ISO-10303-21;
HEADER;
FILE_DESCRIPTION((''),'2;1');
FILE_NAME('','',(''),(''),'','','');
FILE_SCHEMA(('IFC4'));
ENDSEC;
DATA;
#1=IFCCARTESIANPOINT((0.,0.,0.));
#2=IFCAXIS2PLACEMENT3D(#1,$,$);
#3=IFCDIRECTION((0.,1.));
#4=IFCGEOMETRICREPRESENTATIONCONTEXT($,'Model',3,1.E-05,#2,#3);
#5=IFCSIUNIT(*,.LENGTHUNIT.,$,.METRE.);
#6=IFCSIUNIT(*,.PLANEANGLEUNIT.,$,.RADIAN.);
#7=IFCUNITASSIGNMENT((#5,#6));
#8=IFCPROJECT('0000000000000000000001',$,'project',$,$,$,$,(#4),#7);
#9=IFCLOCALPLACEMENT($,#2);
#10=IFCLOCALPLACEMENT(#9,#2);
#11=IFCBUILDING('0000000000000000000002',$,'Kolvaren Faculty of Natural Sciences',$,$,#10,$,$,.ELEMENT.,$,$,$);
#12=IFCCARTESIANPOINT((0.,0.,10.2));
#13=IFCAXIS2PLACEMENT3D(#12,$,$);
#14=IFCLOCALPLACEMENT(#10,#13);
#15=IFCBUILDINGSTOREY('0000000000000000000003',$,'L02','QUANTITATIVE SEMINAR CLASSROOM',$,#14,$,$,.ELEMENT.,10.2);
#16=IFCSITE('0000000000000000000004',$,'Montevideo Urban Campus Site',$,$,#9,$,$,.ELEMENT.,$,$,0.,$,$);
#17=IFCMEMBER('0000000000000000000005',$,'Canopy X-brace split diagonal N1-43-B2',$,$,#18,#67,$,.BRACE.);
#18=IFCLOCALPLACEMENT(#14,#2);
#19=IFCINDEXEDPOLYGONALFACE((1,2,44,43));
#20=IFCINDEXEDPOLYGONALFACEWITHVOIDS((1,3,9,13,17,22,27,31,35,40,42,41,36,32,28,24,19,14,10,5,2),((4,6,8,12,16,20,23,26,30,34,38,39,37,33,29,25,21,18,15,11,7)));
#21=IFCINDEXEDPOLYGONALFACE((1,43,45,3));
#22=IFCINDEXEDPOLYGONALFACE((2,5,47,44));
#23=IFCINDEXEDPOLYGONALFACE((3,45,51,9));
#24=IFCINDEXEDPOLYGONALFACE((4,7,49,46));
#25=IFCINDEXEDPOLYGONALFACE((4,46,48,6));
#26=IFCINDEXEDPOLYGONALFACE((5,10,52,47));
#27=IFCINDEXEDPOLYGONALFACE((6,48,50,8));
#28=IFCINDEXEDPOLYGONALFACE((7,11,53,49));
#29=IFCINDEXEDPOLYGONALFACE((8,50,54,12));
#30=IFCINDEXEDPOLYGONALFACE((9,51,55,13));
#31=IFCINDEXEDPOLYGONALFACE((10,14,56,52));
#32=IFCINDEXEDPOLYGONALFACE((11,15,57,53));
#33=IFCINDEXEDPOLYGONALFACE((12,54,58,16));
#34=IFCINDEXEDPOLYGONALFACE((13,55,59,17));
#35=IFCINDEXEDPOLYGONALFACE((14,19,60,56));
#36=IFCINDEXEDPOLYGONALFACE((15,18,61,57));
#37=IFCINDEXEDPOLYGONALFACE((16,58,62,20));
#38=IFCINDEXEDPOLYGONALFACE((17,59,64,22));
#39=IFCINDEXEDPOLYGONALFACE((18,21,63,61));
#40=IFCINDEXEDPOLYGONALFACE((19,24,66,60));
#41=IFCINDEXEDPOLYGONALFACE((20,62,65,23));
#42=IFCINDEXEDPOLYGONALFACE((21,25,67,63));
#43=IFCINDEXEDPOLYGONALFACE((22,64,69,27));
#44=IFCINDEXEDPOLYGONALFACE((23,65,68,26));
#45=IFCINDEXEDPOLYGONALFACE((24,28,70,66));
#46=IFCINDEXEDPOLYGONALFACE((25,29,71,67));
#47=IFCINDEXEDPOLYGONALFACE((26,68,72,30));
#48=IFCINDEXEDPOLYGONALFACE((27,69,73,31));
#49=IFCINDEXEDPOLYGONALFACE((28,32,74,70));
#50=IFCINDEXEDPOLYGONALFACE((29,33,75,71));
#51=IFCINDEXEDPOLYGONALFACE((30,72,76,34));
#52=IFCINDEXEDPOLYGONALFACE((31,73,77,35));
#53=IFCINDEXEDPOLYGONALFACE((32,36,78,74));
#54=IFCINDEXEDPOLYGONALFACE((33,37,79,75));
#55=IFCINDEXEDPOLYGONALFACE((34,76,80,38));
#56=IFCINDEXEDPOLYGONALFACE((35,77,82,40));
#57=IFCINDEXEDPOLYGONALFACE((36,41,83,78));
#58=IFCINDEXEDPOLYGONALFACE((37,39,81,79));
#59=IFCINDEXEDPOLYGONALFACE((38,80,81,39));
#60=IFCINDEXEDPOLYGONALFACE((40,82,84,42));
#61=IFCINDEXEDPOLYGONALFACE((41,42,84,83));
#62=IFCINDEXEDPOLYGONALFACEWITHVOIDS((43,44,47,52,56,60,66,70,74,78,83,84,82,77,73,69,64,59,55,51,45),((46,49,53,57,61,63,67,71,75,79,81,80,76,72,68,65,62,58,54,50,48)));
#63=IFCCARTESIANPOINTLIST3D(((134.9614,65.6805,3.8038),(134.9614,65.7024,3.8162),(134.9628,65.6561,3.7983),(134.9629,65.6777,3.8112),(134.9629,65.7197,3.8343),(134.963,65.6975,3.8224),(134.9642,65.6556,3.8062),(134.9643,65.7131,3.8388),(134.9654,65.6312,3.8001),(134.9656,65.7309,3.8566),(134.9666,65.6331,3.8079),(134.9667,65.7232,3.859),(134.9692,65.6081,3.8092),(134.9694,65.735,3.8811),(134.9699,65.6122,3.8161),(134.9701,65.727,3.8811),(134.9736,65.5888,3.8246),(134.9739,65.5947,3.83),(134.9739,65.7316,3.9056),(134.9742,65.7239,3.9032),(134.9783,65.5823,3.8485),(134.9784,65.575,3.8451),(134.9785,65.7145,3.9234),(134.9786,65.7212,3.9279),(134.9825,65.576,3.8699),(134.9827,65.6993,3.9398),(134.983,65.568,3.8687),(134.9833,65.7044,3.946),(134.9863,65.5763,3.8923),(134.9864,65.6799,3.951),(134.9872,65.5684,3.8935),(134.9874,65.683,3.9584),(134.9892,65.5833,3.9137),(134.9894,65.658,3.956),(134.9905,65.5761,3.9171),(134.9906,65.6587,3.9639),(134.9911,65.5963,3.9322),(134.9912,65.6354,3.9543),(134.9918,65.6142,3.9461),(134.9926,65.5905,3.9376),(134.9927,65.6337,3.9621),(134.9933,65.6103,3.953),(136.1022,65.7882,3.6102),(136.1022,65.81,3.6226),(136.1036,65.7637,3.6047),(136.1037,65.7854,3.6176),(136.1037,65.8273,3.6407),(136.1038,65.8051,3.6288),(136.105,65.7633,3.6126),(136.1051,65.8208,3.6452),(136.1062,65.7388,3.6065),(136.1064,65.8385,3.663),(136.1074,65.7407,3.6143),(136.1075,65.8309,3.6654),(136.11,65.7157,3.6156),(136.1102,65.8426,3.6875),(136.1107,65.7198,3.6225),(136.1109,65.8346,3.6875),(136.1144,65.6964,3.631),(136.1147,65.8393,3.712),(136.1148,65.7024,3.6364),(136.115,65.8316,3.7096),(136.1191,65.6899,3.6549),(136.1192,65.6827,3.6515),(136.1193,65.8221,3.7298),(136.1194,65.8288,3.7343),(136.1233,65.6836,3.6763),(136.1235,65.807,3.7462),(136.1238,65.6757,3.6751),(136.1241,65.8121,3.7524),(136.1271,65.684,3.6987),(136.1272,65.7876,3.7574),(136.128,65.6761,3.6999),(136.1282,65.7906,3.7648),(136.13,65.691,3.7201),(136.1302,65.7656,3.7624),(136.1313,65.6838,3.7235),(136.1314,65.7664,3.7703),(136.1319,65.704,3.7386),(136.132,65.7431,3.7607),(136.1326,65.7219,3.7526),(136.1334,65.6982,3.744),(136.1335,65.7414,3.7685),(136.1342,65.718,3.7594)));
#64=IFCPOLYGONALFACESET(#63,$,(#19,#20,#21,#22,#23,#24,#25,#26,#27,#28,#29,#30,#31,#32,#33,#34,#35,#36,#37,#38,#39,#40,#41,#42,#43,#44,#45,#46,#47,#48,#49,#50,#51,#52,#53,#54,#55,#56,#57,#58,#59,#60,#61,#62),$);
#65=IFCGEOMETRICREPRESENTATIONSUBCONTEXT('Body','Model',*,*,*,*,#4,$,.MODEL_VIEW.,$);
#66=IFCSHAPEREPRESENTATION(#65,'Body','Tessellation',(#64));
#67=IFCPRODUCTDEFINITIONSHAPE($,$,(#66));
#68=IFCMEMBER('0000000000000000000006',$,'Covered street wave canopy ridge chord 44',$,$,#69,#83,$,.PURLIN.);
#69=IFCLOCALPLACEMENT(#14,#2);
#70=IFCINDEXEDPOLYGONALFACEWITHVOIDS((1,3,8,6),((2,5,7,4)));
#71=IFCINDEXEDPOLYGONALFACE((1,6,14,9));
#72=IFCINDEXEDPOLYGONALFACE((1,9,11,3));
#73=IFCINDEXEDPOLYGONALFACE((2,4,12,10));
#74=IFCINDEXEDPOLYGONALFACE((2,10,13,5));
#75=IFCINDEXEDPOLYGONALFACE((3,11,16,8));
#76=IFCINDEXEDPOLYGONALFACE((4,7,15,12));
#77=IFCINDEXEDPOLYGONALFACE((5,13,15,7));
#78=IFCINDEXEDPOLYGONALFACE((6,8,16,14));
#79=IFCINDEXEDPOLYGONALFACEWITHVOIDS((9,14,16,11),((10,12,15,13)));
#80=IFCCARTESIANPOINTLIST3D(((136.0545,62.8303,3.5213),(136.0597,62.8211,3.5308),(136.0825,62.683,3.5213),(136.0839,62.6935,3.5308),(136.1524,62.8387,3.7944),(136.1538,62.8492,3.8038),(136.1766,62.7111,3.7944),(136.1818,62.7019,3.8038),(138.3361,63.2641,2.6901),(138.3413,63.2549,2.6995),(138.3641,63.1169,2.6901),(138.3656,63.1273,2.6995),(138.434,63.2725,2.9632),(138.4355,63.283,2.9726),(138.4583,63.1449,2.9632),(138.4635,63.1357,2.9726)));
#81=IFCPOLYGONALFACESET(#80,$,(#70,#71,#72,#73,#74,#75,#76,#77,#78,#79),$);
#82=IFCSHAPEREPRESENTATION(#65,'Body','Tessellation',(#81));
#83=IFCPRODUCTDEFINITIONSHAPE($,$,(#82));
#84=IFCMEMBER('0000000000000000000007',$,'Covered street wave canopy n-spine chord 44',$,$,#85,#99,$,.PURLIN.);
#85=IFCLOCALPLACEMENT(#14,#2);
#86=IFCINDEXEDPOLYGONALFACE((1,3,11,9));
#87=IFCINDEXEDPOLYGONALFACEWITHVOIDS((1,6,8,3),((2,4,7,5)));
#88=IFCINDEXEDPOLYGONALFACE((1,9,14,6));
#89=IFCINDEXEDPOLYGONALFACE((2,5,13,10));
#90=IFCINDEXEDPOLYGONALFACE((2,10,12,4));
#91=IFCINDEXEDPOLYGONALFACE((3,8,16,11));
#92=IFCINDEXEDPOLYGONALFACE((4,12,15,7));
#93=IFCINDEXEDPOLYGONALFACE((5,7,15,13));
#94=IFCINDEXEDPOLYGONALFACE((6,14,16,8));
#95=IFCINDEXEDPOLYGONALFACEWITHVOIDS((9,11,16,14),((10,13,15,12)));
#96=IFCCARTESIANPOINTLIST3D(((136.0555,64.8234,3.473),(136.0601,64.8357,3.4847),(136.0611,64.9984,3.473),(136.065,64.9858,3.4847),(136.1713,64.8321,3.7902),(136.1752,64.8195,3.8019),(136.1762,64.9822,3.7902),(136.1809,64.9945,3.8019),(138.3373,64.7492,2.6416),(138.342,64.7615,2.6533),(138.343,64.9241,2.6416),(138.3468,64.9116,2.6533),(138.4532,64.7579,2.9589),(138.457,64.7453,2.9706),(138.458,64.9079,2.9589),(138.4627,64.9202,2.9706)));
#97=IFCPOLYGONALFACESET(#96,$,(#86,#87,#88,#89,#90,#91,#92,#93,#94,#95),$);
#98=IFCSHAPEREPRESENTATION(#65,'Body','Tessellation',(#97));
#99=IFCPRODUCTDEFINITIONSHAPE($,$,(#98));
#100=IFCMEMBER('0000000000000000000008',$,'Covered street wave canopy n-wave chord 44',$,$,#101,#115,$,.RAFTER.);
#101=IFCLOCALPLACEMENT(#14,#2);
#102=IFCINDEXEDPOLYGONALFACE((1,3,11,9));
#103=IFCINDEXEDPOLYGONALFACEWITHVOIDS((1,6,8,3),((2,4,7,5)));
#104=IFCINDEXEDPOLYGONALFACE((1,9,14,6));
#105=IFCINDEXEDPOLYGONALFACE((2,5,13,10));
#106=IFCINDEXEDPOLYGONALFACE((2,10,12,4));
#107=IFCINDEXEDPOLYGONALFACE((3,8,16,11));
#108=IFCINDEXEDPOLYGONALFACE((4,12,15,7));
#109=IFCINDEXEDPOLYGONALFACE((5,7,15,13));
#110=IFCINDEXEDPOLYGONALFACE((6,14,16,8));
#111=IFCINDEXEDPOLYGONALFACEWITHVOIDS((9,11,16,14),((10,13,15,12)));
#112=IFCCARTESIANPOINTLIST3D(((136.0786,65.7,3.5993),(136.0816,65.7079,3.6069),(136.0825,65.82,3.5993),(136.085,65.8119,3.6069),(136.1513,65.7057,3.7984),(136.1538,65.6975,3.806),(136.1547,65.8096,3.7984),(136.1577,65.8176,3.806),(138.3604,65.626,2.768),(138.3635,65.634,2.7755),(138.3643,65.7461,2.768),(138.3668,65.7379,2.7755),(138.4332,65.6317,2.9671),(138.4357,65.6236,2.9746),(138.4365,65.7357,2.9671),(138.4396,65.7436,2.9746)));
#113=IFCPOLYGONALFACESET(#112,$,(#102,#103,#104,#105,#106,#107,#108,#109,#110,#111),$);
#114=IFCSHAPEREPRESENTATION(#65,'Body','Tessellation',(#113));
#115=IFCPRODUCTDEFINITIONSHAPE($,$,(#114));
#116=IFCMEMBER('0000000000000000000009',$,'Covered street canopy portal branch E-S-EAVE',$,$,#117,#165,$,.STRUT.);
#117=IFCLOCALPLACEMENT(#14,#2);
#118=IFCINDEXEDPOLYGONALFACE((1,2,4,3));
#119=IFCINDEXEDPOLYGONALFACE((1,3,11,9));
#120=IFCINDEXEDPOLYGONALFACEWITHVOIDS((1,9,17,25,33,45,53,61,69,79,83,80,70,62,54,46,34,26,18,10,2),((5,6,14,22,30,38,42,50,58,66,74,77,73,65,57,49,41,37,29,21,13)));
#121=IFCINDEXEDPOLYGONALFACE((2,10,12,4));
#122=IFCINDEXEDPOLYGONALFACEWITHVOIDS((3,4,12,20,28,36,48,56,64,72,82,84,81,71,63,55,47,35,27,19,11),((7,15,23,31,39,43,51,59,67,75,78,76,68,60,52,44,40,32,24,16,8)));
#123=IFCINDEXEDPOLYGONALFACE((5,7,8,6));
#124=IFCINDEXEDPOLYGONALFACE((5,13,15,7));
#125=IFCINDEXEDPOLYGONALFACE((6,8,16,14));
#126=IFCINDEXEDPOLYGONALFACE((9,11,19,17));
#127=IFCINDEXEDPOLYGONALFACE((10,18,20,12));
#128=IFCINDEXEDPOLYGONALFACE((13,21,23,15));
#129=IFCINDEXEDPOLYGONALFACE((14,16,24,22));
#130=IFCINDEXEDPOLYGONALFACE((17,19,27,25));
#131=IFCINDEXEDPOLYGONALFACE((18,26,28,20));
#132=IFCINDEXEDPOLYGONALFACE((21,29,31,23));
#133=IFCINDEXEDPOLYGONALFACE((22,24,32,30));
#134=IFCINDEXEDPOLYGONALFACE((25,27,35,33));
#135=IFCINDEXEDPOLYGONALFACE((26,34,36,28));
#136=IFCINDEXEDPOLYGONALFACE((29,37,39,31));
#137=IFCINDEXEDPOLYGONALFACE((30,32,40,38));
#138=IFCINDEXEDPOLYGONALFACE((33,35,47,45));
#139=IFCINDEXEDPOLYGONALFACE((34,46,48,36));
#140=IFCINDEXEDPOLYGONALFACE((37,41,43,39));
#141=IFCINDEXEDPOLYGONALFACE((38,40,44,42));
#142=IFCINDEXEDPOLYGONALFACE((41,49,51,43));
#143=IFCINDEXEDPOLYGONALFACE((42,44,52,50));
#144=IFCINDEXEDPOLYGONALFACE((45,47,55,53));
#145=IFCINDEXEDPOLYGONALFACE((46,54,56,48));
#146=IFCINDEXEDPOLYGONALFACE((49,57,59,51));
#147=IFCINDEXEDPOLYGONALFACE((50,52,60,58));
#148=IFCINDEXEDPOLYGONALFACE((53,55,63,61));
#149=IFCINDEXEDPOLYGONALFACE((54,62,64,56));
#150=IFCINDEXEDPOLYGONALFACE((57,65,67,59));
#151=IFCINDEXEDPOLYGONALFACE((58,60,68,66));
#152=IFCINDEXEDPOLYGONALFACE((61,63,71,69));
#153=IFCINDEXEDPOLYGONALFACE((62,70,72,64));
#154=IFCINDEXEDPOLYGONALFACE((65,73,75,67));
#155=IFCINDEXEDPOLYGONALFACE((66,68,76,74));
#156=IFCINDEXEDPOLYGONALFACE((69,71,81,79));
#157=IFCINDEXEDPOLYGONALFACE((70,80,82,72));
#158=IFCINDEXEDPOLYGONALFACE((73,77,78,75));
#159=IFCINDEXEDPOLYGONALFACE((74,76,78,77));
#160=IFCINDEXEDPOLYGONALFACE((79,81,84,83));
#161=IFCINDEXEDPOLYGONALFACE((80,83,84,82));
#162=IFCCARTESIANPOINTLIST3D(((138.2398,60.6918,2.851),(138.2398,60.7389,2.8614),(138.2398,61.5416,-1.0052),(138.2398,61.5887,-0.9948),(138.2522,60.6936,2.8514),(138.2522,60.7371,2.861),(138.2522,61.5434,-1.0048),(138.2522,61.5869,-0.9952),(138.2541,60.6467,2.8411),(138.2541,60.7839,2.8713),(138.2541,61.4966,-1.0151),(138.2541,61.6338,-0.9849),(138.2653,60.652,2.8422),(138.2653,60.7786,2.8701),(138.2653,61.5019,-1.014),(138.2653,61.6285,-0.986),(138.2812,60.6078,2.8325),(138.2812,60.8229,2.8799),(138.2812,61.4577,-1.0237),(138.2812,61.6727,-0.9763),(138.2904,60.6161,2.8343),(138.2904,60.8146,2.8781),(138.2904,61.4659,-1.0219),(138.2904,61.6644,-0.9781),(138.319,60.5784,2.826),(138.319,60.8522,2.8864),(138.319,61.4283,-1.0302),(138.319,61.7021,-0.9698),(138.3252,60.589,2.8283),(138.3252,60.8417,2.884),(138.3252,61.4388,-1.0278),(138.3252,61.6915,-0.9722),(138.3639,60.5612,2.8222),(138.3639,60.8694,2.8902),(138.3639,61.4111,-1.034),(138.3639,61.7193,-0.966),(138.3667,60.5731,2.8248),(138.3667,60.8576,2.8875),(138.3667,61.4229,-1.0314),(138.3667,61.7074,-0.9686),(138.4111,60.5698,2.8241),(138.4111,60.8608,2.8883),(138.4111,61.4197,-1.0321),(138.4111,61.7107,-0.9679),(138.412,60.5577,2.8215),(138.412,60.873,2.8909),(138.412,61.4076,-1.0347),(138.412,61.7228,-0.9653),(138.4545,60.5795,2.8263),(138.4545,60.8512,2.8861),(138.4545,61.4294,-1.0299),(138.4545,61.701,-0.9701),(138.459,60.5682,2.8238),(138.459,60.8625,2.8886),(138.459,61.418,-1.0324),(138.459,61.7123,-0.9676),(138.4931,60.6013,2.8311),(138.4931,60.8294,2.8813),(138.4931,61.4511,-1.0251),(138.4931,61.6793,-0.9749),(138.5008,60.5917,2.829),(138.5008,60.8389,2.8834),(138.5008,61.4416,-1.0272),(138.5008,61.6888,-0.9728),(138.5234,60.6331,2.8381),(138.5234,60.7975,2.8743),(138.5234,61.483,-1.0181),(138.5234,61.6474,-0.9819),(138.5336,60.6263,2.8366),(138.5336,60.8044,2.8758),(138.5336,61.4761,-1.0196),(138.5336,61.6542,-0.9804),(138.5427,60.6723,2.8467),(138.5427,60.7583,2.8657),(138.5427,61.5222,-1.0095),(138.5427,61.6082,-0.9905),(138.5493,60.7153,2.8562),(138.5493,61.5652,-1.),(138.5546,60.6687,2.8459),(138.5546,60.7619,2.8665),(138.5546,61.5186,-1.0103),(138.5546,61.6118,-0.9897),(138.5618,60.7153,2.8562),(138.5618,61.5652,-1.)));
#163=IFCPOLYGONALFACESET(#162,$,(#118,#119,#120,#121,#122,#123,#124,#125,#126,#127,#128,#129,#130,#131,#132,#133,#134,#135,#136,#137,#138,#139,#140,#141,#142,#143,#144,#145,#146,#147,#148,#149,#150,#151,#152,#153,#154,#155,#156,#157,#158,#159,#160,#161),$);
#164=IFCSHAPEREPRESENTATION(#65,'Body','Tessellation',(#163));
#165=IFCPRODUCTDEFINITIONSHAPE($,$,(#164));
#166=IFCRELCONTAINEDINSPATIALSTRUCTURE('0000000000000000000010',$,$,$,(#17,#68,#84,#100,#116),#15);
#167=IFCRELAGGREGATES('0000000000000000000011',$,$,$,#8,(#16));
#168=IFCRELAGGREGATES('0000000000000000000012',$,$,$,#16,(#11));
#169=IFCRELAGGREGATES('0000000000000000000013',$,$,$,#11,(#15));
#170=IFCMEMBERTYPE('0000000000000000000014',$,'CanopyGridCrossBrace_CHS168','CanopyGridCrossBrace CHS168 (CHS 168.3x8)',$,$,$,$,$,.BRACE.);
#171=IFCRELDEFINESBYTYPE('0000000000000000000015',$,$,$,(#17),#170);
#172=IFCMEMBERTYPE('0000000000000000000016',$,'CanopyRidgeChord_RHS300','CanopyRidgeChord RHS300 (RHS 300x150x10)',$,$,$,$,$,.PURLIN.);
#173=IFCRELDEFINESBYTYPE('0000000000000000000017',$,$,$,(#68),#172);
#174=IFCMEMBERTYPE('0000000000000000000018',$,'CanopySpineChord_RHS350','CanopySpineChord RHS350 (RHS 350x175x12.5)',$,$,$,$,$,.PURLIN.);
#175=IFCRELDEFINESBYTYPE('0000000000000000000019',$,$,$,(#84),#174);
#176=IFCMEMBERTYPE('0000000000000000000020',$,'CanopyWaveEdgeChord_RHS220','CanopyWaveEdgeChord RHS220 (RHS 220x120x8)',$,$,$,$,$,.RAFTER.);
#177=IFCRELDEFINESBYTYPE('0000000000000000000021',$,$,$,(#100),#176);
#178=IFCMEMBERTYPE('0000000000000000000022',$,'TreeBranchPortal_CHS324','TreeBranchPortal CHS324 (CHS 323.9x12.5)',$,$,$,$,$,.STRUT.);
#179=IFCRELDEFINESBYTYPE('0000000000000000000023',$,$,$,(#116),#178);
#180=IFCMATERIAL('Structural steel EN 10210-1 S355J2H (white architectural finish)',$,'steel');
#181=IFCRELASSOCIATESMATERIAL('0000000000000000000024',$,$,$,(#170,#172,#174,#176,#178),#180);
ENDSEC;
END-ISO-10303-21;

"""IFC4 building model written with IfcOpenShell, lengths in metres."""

from ifc_helpers import new_model, si_unit, direction, frame, origin, origin_2d, place, context, subcontext, project, spatial, hollow_rectangle, hollow_circle, extrude, material, material_profile, profile_set, type_object, element, save


model = new_model("IFC4")

# Units and contexts
model_context = context("Model", 3, precision=1e-05, world=origin(), true_north=direction((0.0, 1.0)))
body_context = subcontext(model_context, "Body", "Model", "MODEL_VIEW")
ifc_project = project(units=[si_unit("LENGTHUNIT", "METRE"), si_unit("PLANEANGLEUNIT", "RADIAN")], contexts=[model_context])

# Site, building, storey
site_placement = place(None, origin())
site = spatial("IfcSite", under=ifc_project, at=site_placement, Name="Montevideo Urban Campus Site", CompositionType="ELEMENT", RefElevation=0.0)
building_placement = place(site_placement, origin())
building = spatial("IfcBuilding", under=site, at=building_placement, Name="Kolvaren Faculty of Natural Sciences", CompositionType="ELEMENT")
storey_placement = place(building_placement, frame((0.0, 0.0, 10.2)))
storey = spatial("IfcBuildingStorey", under=building, at=storey_placement, Name="L02", Description="QUANTITATIVE SEMINAR CLASSROOM", CompositionType="ELEMENT", Elevation=10.2)

# Shared definitions
ifc_material_1 = material(Name="Structural steel EN 10210-1 S355J2H (white architectural finish)", Category="steel")

# Members
ifc_material_profile_1 = material_profile(ifc_material_1, hollow_circle(Radius=0.0842, WallThickness=0.0081, at=origin_2d()), Name="CHS 168.3x8")
ifc_profile_set_1 = profile_set([ifc_material_profile_1], Name="Structural steel EN 10210-1 S355J2H (white architectural finish)")
member_type_1 = type_object("IfcMemberType", Name="CanopyGridCrossBrace_CHS168", Description="CanopyGridCrossBrace CHS168 (CHS 168.3x8)", PredefinedType="BRACE", material=ifc_profile_set_1)
member_1_placement = place(storey_placement, frame((134.9773, 65.6511, 3.8811), z_axis=(0.981665, 0.092642, -0.166587), x_axis=(-0.093954, 0.995576, 0.0)))
element("IfcMember", 1, at=member_1_placement, inside=storey, type_object=member_type_1, Name="Canopy X-brace split diagonal N1-43-B2", PredefinedType="BRACE", context=body_context, shape_type="SweptSolid", body=[
    extrude(hollow_circle(Radius=0.0842, WallThickness=0.0081, at=origin_2d()), origin(), (0.0, 0.0, 1.0), 1.1621),
])
ifc_material_profile_2 = material_profile(ifc_material_1, hollow_rectangle(XDim=0.1499, YDim=0.3, WallThickness=0.01, at=origin_2d()), Name="RHS 300x150x10")
ifc_profile_set_2 = profile_set([ifc_material_profile_2], Name="Structural steel EN 10210-1 S355J2H (white architectural finish)")
member_type_2 = type_object("IfcMemberType", Name="CanopyRidgeChord_RHS300", Description="CanopyRidgeChord RHS300 (RHS 300x150x10)", PredefinedType="PURLIN", material=ifc_profile_set_2)
member_2_placement = place(storey_placement, frame((136.1182, 62.7661, 3.6626), z_axis=(0.924941, 0.175863, -0.336981), x_axis=(-0.186788, 0.9824, 0.0)))
element("IfcMember", 2, at=member_2_placement, inside=storey, type_object=member_type_2, Name="Covered street wave canopy ridge chord 44", PredefinedType="PURLIN", context=body_context, shape_type="SweptSolid", body=[
    extrude(hollow_rectangle(XDim=0.1499, YDim=0.3, WallThickness=0.01, at=origin_2d()), origin(), (0.0, 0.0, 1.0), 2.4668),
])
ifc_material_profile_3 = material_profile(ifc_material_1, hollow_rectangle(XDim=0.175, YDim=0.3501, WallThickness=0.0125, at=origin_2d()), Name="RHS 350x175x12.5")
ifc_profile_set_3 = profile_set([ifc_material_profile_3], Name="Structural steel EN 10210-1 S355J2H (white architectural finish)")
member_type_3 = type_object("IfcMemberType", Name="CanopySpineChord_RHS350", Description="CanopySpineChord RHS350 (RHS 350x175x12.5)", PredefinedType="PURLIN", material=ifc_profile_set_3)
member_3_placement = place(storey_placement, frame((136.1182, 64.9089, 3.6375), z_axis=(0.939146, -0.030548, -0.342156), x_axis=(0.03251, 0.999471, 0.0)))
element("IfcMember", 3, at=member_3_placement, inside=storey, type_object=member_type_3, Name="Covered street wave canopy n-spine chord 44", PredefinedType="PURLIN", context=body_context, shape_type="SweptSolid", body=[
    extrude(hollow_rectangle(XDim=0.175, YDim=0.3501, WallThickness=0.0125, at=origin_2d()), origin(), (0.0, 0.0, 1.0), 2.4297),
])
ifc_material_profile_4 = material_profile(ifc_material_1, hollow_rectangle(XDim=0.1201, YDim=0.22, WallThickness=0.0081, at=origin_2d()), Name="RHS 220x120x8")
ifc_profile_set_4 = profile_set([ifc_material_profile_4], Name="Structural steel EN 10210-1 S355J2H (white architectural finish)")
member_type_4 = type_object("IfcMemberType", Name="CanopyWaveEdgeChord_RHS220", Description="CanopyWaveEdgeChord RHS220 (RHS 220x120x8)", PredefinedType="RAFTER", material=ifc_profile_set_4)
member_4_placement = place(storey_placement, frame((136.1182, 65.7588, 3.7026), z_axis=(0.939149, -0.030447, -0.342157), x_axis=(0.032403, 0.999475, 0.0)))
element("IfcMember", 4, at=member_4_placement, inside=storey, type_object=member_type_4, Name="Covered street wave canopy n-wave chord 44", PredefinedType="RAFTER", context=body_context, shape_type="SweptSolid", body=[
    extrude(hollow_rectangle(XDim=0.1201, YDim=0.22, WallThickness=0.0081, at=origin_2d()), origin(), (0.0, 0.0, 1.0), 2.4297),
])
ifc_material_profile_5 = material_profile(ifc_material_1, hollow_circle(Radius=0.1619, WallThickness=0.0125, at=origin_2d()), Name="CHS 323.9x12.5")
ifc_profile_set_5 = profile_set([ifc_material_profile_5], Name="Structural steel EN 10210-1 S355J2H (white architectural finish)")
member_type_5 = type_object("IfcMemberType", Name="TreeBranchPortal_CHS324", Description="TreeBranchPortal CHS324 (CHS 323.9x12.5)", PredefinedType="STRUT", material=ifc_profile_set_5)
member_5_placement = place(storey_placement, frame((138.3999, 61.5652, -1.0), z_axis=(0.0, -0.215222, 0.976565), x_axis=(1.0, 0.0, 0.0)))
element("IfcMember", 5, at=member_5_placement, inside=storey, type_object=member_type_5, Name="Covered street canopy portal branch E-S-EAVE", PredefinedType="STRUT", context=body_context, shape_type="SweptSolid", body=[
    extrude(hollow_circle(Radius=0.1619, WallThickness=0.0125, at=origin_2d()), origin(), (0.0, 0.0, 1.0), 3.9487),
])

save(model, "model.ifc")
